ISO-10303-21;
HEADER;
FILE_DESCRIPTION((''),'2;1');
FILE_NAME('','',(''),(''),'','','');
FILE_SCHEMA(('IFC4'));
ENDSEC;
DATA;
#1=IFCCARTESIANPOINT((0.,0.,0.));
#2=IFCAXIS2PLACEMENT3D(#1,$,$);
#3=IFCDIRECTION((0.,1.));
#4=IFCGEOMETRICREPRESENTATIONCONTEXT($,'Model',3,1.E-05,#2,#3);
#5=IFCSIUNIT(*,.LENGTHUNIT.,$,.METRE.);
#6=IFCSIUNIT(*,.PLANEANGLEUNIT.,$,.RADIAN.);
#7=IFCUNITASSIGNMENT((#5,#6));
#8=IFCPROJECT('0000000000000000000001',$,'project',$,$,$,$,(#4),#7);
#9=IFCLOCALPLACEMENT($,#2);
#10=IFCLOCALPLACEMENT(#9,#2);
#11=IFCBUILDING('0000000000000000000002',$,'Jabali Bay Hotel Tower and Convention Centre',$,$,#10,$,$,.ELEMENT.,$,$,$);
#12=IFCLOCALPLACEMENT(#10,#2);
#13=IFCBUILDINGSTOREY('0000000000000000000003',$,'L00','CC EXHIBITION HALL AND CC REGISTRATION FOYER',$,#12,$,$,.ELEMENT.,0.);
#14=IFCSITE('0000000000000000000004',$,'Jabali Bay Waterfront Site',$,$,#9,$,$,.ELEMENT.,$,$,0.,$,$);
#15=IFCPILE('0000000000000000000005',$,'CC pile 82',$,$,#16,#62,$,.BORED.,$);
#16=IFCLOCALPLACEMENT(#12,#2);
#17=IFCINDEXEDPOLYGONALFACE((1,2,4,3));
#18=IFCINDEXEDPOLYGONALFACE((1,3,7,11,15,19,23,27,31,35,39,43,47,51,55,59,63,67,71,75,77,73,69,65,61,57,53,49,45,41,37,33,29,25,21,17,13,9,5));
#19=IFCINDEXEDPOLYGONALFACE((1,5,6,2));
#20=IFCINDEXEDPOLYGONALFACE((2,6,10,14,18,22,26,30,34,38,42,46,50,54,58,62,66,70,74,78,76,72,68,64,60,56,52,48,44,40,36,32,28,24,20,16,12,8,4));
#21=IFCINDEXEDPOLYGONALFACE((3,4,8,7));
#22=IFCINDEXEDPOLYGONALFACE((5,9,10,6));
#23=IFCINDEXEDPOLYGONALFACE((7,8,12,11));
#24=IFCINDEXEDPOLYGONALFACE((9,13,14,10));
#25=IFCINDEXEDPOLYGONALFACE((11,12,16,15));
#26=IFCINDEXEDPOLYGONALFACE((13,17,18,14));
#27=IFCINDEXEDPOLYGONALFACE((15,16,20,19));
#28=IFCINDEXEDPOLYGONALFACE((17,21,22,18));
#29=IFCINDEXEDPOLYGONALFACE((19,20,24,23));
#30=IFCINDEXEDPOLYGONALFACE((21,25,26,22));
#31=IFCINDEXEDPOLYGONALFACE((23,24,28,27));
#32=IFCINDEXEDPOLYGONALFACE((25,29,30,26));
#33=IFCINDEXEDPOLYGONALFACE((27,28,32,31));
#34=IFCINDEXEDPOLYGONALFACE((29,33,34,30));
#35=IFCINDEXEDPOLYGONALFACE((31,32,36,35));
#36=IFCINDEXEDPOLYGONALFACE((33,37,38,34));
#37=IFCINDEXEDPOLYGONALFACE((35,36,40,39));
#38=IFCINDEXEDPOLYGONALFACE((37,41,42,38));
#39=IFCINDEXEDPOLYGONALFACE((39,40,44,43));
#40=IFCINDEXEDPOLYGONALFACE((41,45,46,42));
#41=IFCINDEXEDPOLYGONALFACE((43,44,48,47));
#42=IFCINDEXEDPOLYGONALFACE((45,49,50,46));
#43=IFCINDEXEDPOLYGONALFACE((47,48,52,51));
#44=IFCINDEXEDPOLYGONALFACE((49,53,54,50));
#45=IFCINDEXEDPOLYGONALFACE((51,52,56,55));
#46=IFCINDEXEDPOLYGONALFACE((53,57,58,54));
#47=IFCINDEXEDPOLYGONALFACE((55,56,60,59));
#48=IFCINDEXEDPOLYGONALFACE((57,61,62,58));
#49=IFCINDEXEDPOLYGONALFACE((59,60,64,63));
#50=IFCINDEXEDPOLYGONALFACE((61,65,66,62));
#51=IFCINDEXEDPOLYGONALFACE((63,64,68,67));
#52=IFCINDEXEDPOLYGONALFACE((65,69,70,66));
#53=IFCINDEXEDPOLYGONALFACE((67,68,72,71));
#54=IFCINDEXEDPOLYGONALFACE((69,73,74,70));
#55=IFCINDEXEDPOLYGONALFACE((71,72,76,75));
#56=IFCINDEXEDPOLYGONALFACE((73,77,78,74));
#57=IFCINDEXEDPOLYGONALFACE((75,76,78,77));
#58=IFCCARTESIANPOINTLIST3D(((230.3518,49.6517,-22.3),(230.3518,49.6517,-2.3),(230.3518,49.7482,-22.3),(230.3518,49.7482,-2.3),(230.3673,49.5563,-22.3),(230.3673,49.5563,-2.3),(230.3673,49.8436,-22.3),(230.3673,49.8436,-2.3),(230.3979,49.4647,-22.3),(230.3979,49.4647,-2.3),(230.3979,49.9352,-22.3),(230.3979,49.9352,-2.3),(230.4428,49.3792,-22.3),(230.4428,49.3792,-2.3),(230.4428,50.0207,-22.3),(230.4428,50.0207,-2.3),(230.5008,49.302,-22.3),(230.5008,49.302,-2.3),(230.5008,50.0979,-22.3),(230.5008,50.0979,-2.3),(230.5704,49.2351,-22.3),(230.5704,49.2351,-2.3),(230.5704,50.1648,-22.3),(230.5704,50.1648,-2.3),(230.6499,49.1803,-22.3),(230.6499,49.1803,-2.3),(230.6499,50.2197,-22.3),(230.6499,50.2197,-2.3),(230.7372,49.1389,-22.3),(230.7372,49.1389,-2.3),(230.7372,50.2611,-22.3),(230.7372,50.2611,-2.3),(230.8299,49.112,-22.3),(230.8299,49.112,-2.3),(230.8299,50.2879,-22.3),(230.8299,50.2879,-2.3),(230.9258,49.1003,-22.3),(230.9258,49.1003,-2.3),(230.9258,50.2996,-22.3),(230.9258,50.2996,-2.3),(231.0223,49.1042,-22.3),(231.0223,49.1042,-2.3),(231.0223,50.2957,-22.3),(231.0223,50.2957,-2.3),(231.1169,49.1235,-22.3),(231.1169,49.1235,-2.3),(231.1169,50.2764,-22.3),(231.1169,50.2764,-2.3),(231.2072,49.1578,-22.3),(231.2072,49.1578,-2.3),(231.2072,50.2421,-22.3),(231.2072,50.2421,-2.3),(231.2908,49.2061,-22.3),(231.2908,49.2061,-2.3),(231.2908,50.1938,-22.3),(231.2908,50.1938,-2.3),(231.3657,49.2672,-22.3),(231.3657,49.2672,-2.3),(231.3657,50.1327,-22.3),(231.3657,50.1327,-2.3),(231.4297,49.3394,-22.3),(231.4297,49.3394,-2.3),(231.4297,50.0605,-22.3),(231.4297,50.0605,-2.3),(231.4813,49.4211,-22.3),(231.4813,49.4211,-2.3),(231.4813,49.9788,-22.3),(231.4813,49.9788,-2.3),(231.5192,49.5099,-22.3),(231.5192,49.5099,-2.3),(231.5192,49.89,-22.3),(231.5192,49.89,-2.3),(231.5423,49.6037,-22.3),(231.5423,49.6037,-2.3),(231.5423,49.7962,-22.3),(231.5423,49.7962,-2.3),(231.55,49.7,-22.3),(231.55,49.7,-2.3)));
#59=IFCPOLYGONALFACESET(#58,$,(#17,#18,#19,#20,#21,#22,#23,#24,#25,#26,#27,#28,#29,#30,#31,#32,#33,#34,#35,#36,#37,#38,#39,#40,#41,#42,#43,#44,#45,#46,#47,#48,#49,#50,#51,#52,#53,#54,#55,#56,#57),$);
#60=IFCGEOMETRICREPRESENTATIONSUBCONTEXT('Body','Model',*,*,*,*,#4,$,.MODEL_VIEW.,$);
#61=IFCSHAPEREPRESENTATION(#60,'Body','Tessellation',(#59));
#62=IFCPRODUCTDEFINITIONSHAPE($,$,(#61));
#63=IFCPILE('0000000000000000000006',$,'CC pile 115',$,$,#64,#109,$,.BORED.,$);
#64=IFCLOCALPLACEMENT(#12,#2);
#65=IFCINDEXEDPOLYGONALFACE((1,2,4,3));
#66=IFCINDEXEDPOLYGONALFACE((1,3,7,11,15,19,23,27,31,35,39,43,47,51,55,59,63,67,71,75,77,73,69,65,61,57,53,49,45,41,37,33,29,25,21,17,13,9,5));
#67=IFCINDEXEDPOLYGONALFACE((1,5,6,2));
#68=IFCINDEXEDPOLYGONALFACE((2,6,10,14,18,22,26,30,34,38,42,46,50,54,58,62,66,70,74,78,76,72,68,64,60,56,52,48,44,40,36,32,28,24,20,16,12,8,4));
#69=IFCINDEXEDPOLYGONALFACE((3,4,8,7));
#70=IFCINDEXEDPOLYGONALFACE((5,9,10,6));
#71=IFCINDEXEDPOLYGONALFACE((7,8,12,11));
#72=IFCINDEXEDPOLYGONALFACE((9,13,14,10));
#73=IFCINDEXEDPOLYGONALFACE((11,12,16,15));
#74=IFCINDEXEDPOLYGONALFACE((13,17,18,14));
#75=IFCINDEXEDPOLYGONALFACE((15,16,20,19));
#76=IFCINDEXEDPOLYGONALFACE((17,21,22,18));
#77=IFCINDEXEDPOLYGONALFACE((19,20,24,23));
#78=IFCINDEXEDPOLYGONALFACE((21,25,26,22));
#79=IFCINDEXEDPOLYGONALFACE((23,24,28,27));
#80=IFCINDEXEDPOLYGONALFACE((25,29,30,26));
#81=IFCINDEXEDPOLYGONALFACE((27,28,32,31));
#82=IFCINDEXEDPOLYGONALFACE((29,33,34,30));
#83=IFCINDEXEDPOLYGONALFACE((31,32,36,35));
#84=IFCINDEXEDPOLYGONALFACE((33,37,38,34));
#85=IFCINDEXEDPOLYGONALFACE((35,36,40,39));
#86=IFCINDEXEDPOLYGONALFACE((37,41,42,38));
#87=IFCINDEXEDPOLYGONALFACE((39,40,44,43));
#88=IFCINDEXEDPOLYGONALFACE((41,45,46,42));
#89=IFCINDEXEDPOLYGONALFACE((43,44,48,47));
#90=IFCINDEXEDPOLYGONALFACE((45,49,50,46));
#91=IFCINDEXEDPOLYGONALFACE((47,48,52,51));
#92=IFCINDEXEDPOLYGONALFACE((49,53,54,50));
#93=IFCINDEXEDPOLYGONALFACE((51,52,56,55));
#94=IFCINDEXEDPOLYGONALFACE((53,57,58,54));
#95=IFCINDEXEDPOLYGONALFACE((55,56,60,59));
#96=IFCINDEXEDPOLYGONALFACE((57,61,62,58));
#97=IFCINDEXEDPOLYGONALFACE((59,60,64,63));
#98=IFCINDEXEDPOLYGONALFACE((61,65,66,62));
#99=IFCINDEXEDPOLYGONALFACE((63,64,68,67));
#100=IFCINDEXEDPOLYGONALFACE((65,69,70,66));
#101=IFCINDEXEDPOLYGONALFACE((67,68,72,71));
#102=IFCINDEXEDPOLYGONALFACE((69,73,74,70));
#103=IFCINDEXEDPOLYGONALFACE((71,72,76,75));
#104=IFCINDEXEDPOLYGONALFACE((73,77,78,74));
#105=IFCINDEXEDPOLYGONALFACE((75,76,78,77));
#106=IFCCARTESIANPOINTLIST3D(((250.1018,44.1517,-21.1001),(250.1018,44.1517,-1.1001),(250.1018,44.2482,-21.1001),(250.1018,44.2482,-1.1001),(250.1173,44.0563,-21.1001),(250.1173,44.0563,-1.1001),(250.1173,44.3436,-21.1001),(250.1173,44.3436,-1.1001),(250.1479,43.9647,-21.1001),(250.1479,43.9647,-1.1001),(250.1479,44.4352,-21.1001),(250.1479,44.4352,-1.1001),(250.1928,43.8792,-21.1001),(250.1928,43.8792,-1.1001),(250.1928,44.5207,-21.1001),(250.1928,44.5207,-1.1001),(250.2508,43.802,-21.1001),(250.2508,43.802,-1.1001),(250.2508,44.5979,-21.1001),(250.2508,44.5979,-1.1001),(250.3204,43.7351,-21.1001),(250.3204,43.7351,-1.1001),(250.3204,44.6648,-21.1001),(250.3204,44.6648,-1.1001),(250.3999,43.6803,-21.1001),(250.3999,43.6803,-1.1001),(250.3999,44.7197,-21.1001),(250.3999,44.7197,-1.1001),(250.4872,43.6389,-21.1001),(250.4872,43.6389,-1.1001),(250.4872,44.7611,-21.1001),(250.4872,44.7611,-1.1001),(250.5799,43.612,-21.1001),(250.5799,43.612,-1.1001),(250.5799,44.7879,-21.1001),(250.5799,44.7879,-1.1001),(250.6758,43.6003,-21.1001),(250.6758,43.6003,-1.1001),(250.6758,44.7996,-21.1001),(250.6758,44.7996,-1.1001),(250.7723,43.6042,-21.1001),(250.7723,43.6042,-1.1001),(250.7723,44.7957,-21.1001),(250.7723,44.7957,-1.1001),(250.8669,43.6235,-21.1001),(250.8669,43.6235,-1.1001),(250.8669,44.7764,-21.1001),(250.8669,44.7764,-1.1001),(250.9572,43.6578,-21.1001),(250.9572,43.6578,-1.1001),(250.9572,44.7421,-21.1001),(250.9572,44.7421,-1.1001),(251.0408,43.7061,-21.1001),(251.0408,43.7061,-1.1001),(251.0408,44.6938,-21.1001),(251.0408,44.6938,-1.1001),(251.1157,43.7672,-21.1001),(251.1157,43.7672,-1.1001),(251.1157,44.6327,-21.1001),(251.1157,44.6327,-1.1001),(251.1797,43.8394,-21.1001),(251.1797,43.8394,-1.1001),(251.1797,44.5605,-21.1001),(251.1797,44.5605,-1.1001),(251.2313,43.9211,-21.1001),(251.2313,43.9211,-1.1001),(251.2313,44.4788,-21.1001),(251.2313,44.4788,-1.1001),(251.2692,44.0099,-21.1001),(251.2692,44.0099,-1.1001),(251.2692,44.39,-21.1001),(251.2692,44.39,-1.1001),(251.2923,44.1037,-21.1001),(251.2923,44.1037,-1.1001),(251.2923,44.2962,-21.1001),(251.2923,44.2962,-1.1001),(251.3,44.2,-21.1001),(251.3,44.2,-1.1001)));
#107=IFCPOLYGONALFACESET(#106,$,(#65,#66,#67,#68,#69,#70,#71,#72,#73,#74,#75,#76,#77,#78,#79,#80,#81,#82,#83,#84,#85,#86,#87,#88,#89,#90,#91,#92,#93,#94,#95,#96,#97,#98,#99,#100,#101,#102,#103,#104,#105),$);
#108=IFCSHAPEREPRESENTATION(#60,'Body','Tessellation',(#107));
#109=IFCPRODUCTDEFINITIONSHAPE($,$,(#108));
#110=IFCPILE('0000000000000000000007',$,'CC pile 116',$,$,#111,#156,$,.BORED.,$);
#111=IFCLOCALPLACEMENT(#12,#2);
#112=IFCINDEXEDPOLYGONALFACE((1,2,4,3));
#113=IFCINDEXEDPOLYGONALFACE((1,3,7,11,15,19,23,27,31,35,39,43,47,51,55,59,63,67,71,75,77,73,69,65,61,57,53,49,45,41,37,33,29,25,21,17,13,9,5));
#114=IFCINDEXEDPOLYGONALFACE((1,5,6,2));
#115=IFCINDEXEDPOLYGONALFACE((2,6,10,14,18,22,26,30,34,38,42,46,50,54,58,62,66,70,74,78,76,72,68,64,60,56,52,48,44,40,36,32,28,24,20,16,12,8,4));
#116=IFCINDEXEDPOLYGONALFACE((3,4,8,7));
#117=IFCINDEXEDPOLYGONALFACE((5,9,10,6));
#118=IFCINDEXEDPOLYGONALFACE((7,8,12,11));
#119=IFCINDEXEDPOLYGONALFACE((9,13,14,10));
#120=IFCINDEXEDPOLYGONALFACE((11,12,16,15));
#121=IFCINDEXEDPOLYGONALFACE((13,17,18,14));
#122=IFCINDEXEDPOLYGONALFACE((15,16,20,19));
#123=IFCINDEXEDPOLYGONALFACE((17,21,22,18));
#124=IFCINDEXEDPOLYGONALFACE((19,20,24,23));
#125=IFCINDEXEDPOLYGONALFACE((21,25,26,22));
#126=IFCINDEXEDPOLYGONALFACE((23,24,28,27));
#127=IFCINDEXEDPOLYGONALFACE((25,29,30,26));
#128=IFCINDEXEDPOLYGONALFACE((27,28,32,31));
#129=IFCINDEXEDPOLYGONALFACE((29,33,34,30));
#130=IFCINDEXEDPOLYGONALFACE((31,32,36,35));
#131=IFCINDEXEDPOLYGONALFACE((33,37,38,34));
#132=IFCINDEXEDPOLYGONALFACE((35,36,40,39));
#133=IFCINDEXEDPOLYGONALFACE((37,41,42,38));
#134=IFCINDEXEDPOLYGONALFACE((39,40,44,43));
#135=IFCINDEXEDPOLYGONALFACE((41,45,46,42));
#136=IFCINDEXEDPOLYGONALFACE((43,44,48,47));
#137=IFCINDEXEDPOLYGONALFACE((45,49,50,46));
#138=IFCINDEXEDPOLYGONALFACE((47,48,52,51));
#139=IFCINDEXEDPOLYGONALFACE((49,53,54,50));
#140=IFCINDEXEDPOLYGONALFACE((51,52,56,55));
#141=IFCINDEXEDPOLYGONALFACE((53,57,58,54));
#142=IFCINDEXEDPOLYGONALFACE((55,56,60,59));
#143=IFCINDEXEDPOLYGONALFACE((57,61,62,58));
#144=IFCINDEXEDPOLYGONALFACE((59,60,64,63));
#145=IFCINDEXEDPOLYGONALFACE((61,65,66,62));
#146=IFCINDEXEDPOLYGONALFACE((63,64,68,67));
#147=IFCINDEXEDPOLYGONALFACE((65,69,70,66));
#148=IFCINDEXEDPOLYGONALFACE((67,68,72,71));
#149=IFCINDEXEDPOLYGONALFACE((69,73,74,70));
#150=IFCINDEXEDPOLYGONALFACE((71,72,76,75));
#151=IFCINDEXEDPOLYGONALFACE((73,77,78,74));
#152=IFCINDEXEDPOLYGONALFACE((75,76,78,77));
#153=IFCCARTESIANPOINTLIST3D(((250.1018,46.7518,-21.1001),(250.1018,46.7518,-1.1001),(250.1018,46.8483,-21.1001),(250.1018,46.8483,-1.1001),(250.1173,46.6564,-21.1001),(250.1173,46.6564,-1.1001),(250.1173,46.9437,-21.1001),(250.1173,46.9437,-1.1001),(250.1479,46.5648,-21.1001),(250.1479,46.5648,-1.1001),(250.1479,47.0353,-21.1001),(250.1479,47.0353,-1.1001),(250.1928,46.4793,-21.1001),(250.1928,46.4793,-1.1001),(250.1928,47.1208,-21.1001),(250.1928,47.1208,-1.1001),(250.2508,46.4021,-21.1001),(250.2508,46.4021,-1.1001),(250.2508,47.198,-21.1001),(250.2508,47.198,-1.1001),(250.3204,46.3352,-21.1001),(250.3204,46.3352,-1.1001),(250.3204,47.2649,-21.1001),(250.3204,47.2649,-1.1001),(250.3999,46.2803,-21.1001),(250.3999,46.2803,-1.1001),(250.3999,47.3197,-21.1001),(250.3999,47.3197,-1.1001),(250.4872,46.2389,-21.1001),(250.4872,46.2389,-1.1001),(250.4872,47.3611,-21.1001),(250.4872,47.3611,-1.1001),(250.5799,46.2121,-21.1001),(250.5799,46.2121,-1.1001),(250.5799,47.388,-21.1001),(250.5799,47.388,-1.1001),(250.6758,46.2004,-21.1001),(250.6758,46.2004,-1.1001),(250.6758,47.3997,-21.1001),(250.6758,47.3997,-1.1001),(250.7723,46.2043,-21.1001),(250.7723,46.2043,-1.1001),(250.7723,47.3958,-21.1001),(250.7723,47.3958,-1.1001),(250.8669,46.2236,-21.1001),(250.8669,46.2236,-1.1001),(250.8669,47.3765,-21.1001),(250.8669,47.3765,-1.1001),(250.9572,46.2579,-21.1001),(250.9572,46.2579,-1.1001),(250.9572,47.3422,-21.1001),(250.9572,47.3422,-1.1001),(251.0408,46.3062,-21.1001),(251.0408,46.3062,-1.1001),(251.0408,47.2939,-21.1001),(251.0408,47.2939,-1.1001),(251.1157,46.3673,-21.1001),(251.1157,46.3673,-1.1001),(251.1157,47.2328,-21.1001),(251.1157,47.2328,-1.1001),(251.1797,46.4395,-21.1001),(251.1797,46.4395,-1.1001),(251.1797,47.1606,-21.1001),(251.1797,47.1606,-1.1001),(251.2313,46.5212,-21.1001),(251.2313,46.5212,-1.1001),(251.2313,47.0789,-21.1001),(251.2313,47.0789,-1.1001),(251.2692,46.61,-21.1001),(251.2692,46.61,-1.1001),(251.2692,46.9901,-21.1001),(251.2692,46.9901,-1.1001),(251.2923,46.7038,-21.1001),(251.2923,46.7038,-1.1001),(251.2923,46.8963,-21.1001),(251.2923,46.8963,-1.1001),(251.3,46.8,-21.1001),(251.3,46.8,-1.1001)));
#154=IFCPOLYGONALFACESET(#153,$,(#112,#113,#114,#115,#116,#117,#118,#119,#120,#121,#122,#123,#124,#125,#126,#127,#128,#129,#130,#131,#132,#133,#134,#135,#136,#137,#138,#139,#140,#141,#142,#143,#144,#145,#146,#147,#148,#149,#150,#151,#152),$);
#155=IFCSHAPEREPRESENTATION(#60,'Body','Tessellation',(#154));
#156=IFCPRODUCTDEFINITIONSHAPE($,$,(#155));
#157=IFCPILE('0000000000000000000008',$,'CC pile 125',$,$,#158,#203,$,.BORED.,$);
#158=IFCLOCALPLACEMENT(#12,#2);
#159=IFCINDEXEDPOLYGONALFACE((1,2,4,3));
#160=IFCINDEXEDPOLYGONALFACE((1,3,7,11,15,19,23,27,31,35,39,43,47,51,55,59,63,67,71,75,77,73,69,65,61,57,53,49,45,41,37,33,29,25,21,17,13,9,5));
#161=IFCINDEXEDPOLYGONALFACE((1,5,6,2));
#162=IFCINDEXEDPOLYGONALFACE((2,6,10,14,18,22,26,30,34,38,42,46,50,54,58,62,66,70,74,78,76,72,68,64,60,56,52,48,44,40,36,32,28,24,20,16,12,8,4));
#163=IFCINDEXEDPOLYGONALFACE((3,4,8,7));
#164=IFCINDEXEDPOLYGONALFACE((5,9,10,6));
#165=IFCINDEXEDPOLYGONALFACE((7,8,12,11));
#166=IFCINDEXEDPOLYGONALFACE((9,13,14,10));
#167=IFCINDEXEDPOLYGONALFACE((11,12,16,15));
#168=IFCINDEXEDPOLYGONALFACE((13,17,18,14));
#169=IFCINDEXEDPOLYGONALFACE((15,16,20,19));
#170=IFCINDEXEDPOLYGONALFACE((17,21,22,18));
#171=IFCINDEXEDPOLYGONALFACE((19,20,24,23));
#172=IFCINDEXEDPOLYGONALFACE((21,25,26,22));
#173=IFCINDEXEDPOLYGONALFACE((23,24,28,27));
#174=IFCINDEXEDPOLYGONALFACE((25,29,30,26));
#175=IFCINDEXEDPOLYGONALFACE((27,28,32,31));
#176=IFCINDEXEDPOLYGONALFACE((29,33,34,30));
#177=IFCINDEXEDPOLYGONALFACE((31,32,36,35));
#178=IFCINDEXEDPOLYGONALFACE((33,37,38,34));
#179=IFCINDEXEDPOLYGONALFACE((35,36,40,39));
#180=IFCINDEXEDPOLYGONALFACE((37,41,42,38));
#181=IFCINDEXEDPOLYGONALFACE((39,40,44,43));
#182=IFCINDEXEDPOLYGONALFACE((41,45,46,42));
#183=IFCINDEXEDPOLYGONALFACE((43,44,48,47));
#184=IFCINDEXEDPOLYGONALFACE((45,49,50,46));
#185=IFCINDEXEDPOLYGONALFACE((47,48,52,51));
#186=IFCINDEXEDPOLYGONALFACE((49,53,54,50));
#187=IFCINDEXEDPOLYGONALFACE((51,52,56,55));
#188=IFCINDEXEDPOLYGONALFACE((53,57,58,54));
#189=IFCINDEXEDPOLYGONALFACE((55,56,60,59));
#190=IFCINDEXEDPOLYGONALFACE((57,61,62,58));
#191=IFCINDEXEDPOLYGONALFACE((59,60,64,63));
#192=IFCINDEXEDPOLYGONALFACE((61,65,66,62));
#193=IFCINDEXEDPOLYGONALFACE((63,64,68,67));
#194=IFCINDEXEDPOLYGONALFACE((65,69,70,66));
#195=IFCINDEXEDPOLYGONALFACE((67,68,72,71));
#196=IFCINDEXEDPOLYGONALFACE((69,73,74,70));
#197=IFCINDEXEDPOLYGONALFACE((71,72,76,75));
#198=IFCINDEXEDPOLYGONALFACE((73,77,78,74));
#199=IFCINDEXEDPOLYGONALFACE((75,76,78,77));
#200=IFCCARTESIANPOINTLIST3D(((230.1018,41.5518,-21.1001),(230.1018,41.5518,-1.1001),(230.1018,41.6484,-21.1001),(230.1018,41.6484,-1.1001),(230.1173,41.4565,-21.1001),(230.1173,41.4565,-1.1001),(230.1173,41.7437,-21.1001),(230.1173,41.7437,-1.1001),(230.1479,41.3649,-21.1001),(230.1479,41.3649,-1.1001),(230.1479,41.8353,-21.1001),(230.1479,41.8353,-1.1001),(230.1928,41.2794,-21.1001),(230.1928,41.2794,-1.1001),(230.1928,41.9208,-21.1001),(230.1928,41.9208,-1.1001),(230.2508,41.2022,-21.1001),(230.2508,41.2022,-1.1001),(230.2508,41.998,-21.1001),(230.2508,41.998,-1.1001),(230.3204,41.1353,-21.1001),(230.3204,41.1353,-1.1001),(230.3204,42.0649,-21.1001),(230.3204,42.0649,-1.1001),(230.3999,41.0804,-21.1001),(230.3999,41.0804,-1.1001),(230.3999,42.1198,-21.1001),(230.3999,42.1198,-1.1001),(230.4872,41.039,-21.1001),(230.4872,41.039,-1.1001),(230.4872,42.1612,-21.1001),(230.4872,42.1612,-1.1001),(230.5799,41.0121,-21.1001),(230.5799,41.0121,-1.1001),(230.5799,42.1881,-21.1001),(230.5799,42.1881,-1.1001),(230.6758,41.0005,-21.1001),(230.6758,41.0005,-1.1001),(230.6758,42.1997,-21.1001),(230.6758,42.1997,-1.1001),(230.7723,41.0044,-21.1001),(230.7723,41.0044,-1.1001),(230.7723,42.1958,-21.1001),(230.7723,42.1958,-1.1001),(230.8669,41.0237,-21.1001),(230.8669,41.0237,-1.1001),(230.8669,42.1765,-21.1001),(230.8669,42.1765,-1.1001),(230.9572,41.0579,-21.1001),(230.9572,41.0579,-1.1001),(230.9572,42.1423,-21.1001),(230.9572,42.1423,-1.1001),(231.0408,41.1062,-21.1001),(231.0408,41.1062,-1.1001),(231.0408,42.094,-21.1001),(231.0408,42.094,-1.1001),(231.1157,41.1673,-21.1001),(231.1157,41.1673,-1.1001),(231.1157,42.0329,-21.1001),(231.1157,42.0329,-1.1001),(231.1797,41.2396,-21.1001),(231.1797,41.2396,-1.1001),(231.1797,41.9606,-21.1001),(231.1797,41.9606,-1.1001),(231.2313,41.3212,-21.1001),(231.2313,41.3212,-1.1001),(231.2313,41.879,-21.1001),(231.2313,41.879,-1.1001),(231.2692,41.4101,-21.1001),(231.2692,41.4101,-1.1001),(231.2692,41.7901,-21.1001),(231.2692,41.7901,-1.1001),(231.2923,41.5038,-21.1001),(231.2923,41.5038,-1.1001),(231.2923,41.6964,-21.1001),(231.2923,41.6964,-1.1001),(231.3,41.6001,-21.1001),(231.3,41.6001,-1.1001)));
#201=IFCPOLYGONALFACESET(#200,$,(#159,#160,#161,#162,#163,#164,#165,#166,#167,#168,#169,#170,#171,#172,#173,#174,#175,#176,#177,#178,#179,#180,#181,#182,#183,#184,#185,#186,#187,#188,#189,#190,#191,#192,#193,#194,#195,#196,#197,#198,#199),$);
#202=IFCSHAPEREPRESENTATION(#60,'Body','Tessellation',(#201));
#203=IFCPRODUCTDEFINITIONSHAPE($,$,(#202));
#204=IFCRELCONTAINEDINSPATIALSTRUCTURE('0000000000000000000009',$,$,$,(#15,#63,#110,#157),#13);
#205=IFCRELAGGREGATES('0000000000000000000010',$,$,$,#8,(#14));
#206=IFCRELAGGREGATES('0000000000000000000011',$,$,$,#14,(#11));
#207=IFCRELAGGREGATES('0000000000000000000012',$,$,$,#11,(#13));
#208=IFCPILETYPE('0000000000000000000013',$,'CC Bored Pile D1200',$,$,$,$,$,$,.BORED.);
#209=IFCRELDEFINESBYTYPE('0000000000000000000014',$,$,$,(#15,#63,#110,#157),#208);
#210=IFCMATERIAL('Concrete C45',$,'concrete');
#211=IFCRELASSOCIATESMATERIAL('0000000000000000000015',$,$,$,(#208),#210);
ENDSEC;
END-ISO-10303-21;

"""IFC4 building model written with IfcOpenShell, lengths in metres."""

from ifc_helpers import new_model, si_unit, direction, frame, origin, origin_2d, place, context, subcontext, project, spatial, circle, extrude, material, material_profile, profile_set, type_object, element, save


model = new_model("IFC4")

# Units and contexts
model_context = context("Model", 3, precision=1e-05, world=origin(), true_north=direction((0.0, 1.0)))
body_context = subcontext(model_context, "Body", "Model", "MODEL_VIEW")
ifc_project = project(units=[si_unit("LENGTHUNIT", "METRE"), si_unit("PLANEANGLEUNIT", "RADIAN")], contexts=[model_context])

# Site, building, storey
site_placement = place(None, origin())
site = spatial("IfcSite", under=ifc_project, at=site_placement, Name="Jabali Bay Waterfront Site", CompositionType="ELEMENT", RefElevation=0.0)
building_placement = place(site_placement, origin())
building = spatial("IfcBuilding", under=site, at=building_placement, Name="Jabali Bay Hotel Tower and Convention Centre", CompositionType="ELEMENT")
storey_placement = place(building_placement, origin())
storey = spatial("IfcBuildingStorey", under=building, at=storey_placement, Name="L00", Description="CC EXHIBITION HALL AND CC REGISTRATION FOYER", CompositionType="ELEMENT", Elevation=0.0)

# Piles
ifc_material_1 = material(Name="Concrete C45", Category="concrete")
ifc_material_profile_1 = material_profile(ifc_material_1, circle(Radius=0.6001, at=origin_2d()), Name="D1200")
ifc_profile_set_1 = profile_set([ifc_material_profile_1], Name="Concrete C45")
pile_type = type_object("IfcPileType", Name="CC Bored Pile D1200", PredefinedType="BORED", material=ifc_profile_set_1)
for number, where, z_axis, x_axis, name in (
    (1, (230.95, 49.7, -2.3), (0.0, 0.0, -1.0), (1.0, 0.0, 0.0), "CC pile 82"),
    (2, (250.7, 44.2, -1.1001), (0.0, 0.0, -1.0), (1.0, 0.0, 0.0), "CC pile 115"),
    (3, (250.7, 46.8, -1.1001), (0.0, 0.0, -1.0), (1.0, 0.0, 0.0), "CC pile 116"),
    (4, (230.7, 41.6001, -1.1001), (0.0, 0.0, -1.0), (1.0, 0.0, 0.0), "CC pile 125"),
):
    element("IfcPile", number, at=place(storey_placement, frame(where, z_axis=z_axis, x_axis=x_axis)), inside=storey, type_object=pile_type, Name=name, PredefinedType="BORED", context=body_context, shape_type="SweptSolid", body=[
        extrude(circle(Radius=0.6001, at=origin_2d()), origin(), (0.0, 0.0, 1.0), 20.0),
    ])

save(model, "model.ifc")
